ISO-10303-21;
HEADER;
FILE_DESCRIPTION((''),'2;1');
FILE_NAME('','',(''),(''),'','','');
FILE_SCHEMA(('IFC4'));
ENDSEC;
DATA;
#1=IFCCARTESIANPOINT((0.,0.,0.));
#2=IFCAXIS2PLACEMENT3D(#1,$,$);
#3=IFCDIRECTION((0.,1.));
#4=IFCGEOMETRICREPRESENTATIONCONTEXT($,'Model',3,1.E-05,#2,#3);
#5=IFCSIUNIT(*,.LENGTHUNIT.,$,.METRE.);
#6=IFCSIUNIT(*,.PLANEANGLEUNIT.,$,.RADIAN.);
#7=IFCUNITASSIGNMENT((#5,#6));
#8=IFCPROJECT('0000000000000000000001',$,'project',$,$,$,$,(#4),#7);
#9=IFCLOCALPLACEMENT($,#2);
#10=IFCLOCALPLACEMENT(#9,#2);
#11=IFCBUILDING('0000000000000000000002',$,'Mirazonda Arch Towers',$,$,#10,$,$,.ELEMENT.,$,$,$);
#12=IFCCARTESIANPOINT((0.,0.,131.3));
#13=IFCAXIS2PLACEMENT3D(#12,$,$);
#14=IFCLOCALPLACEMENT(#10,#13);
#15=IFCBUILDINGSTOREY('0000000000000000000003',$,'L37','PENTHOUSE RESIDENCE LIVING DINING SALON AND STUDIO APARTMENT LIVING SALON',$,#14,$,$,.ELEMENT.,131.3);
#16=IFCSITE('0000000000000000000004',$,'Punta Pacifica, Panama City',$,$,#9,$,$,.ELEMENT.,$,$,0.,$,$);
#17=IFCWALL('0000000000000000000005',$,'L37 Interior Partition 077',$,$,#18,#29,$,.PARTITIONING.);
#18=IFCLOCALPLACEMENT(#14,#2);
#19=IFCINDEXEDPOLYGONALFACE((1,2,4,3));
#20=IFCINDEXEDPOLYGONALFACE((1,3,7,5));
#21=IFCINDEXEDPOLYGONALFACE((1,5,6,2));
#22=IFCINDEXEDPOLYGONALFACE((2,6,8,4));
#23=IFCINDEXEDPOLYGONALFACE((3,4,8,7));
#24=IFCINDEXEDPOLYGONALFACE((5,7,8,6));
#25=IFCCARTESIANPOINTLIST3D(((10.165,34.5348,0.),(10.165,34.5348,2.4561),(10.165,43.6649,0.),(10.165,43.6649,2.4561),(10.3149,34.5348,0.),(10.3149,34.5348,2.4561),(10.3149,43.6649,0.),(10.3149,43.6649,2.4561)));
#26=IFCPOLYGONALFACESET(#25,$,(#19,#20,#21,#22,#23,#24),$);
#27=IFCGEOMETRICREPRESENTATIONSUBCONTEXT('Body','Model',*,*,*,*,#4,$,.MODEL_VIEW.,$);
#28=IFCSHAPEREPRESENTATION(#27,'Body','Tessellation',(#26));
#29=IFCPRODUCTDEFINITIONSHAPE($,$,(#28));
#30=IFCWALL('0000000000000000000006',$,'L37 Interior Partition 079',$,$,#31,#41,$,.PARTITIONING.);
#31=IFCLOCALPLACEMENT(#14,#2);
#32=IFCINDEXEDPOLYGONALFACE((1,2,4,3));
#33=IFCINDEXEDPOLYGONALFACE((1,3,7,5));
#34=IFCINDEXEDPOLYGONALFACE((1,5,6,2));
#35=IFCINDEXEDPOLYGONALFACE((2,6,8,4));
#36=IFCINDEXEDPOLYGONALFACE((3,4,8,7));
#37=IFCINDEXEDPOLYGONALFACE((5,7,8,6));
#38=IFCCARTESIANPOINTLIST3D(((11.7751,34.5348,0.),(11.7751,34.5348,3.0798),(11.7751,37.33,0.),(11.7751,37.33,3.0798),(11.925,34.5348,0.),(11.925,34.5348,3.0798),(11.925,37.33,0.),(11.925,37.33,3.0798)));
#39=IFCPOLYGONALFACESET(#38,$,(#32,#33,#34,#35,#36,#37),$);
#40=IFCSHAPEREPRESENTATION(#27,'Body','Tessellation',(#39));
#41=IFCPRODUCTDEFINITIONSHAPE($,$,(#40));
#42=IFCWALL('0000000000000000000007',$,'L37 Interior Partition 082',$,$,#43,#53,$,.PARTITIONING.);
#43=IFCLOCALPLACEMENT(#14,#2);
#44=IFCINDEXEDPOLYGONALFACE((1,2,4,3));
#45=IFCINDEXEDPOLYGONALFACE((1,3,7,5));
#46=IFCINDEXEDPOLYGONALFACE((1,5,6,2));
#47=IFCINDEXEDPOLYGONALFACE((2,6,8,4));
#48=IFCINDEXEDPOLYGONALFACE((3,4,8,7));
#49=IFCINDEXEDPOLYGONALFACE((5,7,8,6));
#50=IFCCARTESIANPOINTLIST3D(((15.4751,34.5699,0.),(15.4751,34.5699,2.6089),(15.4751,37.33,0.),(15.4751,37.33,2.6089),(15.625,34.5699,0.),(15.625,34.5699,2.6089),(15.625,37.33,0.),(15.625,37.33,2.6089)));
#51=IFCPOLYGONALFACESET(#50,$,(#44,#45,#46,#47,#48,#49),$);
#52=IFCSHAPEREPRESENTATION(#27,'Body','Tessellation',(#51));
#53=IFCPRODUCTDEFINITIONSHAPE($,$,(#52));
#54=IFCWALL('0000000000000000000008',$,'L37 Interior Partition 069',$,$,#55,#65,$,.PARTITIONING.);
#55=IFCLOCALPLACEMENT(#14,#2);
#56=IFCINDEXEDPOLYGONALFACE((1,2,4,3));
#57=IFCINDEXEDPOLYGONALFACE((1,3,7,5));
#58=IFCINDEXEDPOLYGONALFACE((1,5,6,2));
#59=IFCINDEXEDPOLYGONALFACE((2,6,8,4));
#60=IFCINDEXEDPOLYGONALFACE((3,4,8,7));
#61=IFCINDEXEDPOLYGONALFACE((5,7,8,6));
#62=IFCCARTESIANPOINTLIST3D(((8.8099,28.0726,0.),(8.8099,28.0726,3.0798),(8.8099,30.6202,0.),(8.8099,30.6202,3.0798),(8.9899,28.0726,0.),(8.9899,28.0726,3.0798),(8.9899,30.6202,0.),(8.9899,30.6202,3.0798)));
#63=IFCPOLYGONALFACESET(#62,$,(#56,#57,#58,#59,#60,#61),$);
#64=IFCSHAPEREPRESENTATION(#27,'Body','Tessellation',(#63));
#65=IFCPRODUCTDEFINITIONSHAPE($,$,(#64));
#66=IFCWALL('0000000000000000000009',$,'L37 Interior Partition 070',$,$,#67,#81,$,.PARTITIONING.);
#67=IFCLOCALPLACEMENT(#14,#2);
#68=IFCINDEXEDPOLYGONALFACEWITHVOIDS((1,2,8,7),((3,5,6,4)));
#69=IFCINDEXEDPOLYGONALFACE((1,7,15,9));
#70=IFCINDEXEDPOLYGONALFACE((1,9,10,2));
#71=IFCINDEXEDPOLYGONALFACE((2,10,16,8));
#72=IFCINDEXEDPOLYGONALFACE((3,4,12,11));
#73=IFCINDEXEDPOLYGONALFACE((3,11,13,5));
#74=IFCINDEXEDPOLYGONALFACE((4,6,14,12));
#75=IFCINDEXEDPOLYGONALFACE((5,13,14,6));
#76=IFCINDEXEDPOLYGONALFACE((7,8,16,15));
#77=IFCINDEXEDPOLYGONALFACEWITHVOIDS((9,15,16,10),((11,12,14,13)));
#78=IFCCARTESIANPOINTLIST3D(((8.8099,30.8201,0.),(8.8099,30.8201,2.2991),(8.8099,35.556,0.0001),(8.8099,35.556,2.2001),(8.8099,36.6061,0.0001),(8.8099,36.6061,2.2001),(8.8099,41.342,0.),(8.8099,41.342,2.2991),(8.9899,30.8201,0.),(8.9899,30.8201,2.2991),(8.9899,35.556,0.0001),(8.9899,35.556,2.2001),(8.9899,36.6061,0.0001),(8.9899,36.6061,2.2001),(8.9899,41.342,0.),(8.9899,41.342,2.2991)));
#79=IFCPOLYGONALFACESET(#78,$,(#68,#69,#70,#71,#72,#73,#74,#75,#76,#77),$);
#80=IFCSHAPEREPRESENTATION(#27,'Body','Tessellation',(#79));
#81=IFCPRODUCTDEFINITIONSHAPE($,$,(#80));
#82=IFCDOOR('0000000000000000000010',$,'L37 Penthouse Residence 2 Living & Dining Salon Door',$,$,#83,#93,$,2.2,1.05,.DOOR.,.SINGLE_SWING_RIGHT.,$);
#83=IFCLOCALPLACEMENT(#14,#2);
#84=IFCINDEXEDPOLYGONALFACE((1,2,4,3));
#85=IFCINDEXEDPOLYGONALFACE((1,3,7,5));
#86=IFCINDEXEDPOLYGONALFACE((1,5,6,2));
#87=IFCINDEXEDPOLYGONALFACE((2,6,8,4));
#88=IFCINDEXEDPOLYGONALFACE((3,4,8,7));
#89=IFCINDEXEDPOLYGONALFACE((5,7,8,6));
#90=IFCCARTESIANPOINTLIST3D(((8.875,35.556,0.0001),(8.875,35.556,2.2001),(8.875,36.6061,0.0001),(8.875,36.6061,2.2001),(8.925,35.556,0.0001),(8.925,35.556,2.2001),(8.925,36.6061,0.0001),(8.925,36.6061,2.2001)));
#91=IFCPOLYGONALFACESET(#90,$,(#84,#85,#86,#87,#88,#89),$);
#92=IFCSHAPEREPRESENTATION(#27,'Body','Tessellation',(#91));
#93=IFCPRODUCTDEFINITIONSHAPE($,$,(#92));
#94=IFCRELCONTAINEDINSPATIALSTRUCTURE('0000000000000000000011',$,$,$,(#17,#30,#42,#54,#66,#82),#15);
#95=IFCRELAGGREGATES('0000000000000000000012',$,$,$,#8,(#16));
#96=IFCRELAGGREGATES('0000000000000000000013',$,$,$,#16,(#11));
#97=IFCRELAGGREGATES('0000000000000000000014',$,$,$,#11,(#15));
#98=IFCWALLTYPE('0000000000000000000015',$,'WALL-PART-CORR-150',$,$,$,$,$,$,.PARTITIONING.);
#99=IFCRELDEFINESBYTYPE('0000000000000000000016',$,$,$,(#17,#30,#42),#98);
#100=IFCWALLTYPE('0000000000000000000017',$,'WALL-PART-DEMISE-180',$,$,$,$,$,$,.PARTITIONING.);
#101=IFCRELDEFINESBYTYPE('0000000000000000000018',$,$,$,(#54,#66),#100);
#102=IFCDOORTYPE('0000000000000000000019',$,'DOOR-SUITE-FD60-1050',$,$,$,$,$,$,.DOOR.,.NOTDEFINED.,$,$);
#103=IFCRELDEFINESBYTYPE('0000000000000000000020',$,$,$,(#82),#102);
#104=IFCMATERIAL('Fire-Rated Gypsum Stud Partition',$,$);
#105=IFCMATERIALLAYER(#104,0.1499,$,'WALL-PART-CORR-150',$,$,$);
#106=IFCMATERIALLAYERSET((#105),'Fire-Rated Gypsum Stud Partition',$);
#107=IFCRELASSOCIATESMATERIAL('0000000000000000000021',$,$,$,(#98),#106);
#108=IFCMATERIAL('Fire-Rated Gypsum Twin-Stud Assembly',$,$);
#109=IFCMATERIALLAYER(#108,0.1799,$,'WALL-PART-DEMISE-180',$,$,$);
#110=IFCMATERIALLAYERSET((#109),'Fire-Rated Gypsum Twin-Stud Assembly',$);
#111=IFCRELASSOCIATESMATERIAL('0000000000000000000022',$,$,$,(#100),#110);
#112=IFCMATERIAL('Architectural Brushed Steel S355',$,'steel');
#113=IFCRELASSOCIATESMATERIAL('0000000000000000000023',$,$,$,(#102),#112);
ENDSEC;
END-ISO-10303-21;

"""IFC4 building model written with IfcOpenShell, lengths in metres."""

from ifc_helpers import new_model, si_unit, direction, frame, frame_2d, origin, place, context, subcontext, project, spatial, rectangle, extrude, material, layer, layer_set, type_object, element, fill, save


model = new_model("IFC4")

# Units and contexts
model_context = context("Model", 3, precision=1e-05, world=origin(), true_north=direction((0.0, 1.0)))
body_context = subcontext(model_context, "Body", "Model", "MODEL_VIEW")
ifc_project = project(units=[si_unit("LENGTHUNIT", "METRE"), si_unit("PLANEANGLEUNIT", "RADIAN")], contexts=[model_context])

# Site, building, storey
site_placement = place(None, origin())
site = spatial("IfcSite", under=ifc_project, at=site_placement, Name="Punta Pacifica, Panama City", CompositionType="ELEMENT", RefElevation=0.0)
building_placement = place(site_placement, origin())
building = spatial("IfcBuilding", under=site, at=building_placement, Name="Mirazonda Arch Towers", CompositionType="ELEMENT")
storey_placement = place(building_placement, frame((0.0, 0.0, 131.3)))
storey = spatial("IfcBuildingStorey", under=building, at=storey_placement, Name="L37", Description="PENTHOUSE RESIDENCE LIVING DINING SALON AND STUDIO APARTMENT LIVING SALON", CompositionType="ELEMENT", Elevation=131.3)

# Shared definitions
ifc_material_1 = material(Name="Architectural Brushed Steel S355", Category="steel")

# Shared definitions
ifc_material_2 = material(Name="Fire-Rated Gypsum Stud Partition")
ifc_layer_1 = layer(ifc_material_2, 0.1499, Name="WALL-PART-CORR-150")
ifc_layer_set_1 = layer_set([ifc_layer_1], Name="Fire-Rated Gypsum Stud Partition")
wall_type_1 = type_object("IfcWallType", Name="WALL-PART-CORR-150", PredefinedType="PARTITIONING", material=ifc_layer_set_1)

# Walls
wall_1_placement = place(storey_placement, frame((10.24, 34.5349, 0.0), z_axis=(0.0, 0.0, 1.0), x_axis=(0.0, 1.0, 0.0)))
element("IfcWall", 1, at=wall_1_placement, inside=storey, type_object=wall_type_1, Name="L37 Interior Partition 077", PredefinedType="PARTITIONING", context=body_context, shape_type="SweptSolid", body=[
    extrude(rectangle(XDim=9.1301, YDim=0.1499, at=frame_2d((4.5649, 0.0))), origin(), (0.0, 0.0, 1.0), 2.4561),
])
wall_2_placement = place(storey_placement, frame((11.8501, 34.5349, 0.0), z_axis=(0.0, 0.0, 1.0), x_axis=(0.0, 1.0, 0.0)))
element("IfcWall", 2, at=wall_2_placement, inside=storey, type_object=wall_type_1, Name="L37 Interior Partition 079", PredefinedType="PARTITIONING", context=body_context, shape_type="SweptSolid", body=[
    extrude(rectangle(XDim=2.7952, YDim=0.1499, at=frame_2d((1.3975, 0.0))), origin(), (0.0, 0.0, 1.0), 3.0798),
])
wall_3_placement = place(storey_placement, frame((15.55, 34.5701, 0.0), z_axis=(0.0, 0.0, 1.0), x_axis=(0.0, 1.0, 0.0)))
element("IfcWall", 3, at=wall_3_placement, inside=storey, type_object=wall_type_1, Name="L37 Interior Partition 082", PredefinedType="PARTITIONING", context=body_context, shape_type="SweptSolid", body=[
    extrude(rectangle(XDim=2.76, YDim=0.1499, at=frame_2d((1.3799, 0.0))), origin(), (0.0, 0.0, 1.0), 2.6089),
])
ifc_material_3 = material(Name="Fire-Rated Gypsum Twin-Stud Assembly")
ifc_layer_2 = layer(ifc_material_3, 0.1799, Name="WALL-PART-DEMISE-180")
ifc_layer_set_2 = layer_set([ifc_layer_2], Name="Fire-Rated Gypsum Twin-Stud Assembly")
wall_type_2 = type_object("IfcWallType", Name="WALL-PART-DEMISE-180", PredefinedType="PARTITIONING", material=ifc_layer_set_2)
wall_4_placement = place(storey_placement, frame((8.8999, 28.0725, 0.0), z_axis=(0.0, 0.0, 1.0), x_axis=(0.0, 1.0, 0.0)))
element("IfcWall", 4, at=wall_4_placement, inside=storey, type_object=wall_type_2, Name="L37 Interior Partition 069", PredefinedType="PARTITIONING", context=body_context, shape_type="SweptSolid", body=[
    extrude(rectangle(XDim=2.5476, YDim=0.1799, at=frame_2d((1.2739, 0.0))), origin(), (0.0, 0.0, 1.0), 3.0798),
])

# Wall, opening, door
wall_5_placement = place(storey_placement, frame((8.8999, 30.8201, 0.0), z_axis=(0.0, 0.0, 1.0), x_axis=(0.0, 1.0, 0.0)))
wall_5 = element("IfcWall", 5, at=wall_5_placement, inside=storey, type_object=wall_type_2, Name="L37 Interior Partition 070", PredefinedType="PARTITIONING", context=body_context, shape_type="SweptSolid", body=[
    extrude(rectangle(XDim=10.522, YDim=0.1799, at=frame_2d((5.261, 0.0))), origin(), (0.0, 0.0, 1.0), 2.2991),
])
opening_1_placement = place(wall_5_placement, frame((4.7361, 0.0, 0.0)))
opening_1 = element("IfcOpeningElement", 6, at=opening_1_placement, cuts=wall_5, PredefinedType="OPENING", context=body_context, shape_type="SweptSolid", body=[
    extrude(rectangle(XDim=1.05, YDim=2.2, at=frame_2d((0.5249, 1.1001))), frame((0.0, 0.0999, 0.0), z_axis=(0.0, -1.0, 0.0), x_axis=(1.0, 0.0, 0.0)), (0.0, 0.0, 1.0), 0.2),
])
door_type_1 = type_object("IfcDoorType", Name="DOOR-SUITE-FD60-1050", OperationType="NOTDEFINED", PredefinedType="DOOR", material=ifc_material_1)
door_1_placement = place(opening_1_placement, origin())
door_1 = element("IfcDoor", 7, at=door_1_placement, inside=storey, type_object=door_type_1, Name="L37 Penthouse Residence 2 Living & Dining Salon Door", OperationType="SINGLE_SWING_RIGHT", OverallHeight=2.2, OverallWidth=1.05, PredefinedType="DOOR", context=body_context, shape_type="SweptSolid", body=[
    extrude(rectangle(XDim=1.05, YDim=2.2, at=frame_2d((0.5249, 1.1001))), frame((0.0, 0.0249, 0.0), z_axis=(0.0, -1.0, 0.0), x_axis=(1.0, 0.0, 0.0)), (0.0, 0.0, 1.0), 0.05),
])
fill(opening_1, door_1)

save(model, "model.ifc")
